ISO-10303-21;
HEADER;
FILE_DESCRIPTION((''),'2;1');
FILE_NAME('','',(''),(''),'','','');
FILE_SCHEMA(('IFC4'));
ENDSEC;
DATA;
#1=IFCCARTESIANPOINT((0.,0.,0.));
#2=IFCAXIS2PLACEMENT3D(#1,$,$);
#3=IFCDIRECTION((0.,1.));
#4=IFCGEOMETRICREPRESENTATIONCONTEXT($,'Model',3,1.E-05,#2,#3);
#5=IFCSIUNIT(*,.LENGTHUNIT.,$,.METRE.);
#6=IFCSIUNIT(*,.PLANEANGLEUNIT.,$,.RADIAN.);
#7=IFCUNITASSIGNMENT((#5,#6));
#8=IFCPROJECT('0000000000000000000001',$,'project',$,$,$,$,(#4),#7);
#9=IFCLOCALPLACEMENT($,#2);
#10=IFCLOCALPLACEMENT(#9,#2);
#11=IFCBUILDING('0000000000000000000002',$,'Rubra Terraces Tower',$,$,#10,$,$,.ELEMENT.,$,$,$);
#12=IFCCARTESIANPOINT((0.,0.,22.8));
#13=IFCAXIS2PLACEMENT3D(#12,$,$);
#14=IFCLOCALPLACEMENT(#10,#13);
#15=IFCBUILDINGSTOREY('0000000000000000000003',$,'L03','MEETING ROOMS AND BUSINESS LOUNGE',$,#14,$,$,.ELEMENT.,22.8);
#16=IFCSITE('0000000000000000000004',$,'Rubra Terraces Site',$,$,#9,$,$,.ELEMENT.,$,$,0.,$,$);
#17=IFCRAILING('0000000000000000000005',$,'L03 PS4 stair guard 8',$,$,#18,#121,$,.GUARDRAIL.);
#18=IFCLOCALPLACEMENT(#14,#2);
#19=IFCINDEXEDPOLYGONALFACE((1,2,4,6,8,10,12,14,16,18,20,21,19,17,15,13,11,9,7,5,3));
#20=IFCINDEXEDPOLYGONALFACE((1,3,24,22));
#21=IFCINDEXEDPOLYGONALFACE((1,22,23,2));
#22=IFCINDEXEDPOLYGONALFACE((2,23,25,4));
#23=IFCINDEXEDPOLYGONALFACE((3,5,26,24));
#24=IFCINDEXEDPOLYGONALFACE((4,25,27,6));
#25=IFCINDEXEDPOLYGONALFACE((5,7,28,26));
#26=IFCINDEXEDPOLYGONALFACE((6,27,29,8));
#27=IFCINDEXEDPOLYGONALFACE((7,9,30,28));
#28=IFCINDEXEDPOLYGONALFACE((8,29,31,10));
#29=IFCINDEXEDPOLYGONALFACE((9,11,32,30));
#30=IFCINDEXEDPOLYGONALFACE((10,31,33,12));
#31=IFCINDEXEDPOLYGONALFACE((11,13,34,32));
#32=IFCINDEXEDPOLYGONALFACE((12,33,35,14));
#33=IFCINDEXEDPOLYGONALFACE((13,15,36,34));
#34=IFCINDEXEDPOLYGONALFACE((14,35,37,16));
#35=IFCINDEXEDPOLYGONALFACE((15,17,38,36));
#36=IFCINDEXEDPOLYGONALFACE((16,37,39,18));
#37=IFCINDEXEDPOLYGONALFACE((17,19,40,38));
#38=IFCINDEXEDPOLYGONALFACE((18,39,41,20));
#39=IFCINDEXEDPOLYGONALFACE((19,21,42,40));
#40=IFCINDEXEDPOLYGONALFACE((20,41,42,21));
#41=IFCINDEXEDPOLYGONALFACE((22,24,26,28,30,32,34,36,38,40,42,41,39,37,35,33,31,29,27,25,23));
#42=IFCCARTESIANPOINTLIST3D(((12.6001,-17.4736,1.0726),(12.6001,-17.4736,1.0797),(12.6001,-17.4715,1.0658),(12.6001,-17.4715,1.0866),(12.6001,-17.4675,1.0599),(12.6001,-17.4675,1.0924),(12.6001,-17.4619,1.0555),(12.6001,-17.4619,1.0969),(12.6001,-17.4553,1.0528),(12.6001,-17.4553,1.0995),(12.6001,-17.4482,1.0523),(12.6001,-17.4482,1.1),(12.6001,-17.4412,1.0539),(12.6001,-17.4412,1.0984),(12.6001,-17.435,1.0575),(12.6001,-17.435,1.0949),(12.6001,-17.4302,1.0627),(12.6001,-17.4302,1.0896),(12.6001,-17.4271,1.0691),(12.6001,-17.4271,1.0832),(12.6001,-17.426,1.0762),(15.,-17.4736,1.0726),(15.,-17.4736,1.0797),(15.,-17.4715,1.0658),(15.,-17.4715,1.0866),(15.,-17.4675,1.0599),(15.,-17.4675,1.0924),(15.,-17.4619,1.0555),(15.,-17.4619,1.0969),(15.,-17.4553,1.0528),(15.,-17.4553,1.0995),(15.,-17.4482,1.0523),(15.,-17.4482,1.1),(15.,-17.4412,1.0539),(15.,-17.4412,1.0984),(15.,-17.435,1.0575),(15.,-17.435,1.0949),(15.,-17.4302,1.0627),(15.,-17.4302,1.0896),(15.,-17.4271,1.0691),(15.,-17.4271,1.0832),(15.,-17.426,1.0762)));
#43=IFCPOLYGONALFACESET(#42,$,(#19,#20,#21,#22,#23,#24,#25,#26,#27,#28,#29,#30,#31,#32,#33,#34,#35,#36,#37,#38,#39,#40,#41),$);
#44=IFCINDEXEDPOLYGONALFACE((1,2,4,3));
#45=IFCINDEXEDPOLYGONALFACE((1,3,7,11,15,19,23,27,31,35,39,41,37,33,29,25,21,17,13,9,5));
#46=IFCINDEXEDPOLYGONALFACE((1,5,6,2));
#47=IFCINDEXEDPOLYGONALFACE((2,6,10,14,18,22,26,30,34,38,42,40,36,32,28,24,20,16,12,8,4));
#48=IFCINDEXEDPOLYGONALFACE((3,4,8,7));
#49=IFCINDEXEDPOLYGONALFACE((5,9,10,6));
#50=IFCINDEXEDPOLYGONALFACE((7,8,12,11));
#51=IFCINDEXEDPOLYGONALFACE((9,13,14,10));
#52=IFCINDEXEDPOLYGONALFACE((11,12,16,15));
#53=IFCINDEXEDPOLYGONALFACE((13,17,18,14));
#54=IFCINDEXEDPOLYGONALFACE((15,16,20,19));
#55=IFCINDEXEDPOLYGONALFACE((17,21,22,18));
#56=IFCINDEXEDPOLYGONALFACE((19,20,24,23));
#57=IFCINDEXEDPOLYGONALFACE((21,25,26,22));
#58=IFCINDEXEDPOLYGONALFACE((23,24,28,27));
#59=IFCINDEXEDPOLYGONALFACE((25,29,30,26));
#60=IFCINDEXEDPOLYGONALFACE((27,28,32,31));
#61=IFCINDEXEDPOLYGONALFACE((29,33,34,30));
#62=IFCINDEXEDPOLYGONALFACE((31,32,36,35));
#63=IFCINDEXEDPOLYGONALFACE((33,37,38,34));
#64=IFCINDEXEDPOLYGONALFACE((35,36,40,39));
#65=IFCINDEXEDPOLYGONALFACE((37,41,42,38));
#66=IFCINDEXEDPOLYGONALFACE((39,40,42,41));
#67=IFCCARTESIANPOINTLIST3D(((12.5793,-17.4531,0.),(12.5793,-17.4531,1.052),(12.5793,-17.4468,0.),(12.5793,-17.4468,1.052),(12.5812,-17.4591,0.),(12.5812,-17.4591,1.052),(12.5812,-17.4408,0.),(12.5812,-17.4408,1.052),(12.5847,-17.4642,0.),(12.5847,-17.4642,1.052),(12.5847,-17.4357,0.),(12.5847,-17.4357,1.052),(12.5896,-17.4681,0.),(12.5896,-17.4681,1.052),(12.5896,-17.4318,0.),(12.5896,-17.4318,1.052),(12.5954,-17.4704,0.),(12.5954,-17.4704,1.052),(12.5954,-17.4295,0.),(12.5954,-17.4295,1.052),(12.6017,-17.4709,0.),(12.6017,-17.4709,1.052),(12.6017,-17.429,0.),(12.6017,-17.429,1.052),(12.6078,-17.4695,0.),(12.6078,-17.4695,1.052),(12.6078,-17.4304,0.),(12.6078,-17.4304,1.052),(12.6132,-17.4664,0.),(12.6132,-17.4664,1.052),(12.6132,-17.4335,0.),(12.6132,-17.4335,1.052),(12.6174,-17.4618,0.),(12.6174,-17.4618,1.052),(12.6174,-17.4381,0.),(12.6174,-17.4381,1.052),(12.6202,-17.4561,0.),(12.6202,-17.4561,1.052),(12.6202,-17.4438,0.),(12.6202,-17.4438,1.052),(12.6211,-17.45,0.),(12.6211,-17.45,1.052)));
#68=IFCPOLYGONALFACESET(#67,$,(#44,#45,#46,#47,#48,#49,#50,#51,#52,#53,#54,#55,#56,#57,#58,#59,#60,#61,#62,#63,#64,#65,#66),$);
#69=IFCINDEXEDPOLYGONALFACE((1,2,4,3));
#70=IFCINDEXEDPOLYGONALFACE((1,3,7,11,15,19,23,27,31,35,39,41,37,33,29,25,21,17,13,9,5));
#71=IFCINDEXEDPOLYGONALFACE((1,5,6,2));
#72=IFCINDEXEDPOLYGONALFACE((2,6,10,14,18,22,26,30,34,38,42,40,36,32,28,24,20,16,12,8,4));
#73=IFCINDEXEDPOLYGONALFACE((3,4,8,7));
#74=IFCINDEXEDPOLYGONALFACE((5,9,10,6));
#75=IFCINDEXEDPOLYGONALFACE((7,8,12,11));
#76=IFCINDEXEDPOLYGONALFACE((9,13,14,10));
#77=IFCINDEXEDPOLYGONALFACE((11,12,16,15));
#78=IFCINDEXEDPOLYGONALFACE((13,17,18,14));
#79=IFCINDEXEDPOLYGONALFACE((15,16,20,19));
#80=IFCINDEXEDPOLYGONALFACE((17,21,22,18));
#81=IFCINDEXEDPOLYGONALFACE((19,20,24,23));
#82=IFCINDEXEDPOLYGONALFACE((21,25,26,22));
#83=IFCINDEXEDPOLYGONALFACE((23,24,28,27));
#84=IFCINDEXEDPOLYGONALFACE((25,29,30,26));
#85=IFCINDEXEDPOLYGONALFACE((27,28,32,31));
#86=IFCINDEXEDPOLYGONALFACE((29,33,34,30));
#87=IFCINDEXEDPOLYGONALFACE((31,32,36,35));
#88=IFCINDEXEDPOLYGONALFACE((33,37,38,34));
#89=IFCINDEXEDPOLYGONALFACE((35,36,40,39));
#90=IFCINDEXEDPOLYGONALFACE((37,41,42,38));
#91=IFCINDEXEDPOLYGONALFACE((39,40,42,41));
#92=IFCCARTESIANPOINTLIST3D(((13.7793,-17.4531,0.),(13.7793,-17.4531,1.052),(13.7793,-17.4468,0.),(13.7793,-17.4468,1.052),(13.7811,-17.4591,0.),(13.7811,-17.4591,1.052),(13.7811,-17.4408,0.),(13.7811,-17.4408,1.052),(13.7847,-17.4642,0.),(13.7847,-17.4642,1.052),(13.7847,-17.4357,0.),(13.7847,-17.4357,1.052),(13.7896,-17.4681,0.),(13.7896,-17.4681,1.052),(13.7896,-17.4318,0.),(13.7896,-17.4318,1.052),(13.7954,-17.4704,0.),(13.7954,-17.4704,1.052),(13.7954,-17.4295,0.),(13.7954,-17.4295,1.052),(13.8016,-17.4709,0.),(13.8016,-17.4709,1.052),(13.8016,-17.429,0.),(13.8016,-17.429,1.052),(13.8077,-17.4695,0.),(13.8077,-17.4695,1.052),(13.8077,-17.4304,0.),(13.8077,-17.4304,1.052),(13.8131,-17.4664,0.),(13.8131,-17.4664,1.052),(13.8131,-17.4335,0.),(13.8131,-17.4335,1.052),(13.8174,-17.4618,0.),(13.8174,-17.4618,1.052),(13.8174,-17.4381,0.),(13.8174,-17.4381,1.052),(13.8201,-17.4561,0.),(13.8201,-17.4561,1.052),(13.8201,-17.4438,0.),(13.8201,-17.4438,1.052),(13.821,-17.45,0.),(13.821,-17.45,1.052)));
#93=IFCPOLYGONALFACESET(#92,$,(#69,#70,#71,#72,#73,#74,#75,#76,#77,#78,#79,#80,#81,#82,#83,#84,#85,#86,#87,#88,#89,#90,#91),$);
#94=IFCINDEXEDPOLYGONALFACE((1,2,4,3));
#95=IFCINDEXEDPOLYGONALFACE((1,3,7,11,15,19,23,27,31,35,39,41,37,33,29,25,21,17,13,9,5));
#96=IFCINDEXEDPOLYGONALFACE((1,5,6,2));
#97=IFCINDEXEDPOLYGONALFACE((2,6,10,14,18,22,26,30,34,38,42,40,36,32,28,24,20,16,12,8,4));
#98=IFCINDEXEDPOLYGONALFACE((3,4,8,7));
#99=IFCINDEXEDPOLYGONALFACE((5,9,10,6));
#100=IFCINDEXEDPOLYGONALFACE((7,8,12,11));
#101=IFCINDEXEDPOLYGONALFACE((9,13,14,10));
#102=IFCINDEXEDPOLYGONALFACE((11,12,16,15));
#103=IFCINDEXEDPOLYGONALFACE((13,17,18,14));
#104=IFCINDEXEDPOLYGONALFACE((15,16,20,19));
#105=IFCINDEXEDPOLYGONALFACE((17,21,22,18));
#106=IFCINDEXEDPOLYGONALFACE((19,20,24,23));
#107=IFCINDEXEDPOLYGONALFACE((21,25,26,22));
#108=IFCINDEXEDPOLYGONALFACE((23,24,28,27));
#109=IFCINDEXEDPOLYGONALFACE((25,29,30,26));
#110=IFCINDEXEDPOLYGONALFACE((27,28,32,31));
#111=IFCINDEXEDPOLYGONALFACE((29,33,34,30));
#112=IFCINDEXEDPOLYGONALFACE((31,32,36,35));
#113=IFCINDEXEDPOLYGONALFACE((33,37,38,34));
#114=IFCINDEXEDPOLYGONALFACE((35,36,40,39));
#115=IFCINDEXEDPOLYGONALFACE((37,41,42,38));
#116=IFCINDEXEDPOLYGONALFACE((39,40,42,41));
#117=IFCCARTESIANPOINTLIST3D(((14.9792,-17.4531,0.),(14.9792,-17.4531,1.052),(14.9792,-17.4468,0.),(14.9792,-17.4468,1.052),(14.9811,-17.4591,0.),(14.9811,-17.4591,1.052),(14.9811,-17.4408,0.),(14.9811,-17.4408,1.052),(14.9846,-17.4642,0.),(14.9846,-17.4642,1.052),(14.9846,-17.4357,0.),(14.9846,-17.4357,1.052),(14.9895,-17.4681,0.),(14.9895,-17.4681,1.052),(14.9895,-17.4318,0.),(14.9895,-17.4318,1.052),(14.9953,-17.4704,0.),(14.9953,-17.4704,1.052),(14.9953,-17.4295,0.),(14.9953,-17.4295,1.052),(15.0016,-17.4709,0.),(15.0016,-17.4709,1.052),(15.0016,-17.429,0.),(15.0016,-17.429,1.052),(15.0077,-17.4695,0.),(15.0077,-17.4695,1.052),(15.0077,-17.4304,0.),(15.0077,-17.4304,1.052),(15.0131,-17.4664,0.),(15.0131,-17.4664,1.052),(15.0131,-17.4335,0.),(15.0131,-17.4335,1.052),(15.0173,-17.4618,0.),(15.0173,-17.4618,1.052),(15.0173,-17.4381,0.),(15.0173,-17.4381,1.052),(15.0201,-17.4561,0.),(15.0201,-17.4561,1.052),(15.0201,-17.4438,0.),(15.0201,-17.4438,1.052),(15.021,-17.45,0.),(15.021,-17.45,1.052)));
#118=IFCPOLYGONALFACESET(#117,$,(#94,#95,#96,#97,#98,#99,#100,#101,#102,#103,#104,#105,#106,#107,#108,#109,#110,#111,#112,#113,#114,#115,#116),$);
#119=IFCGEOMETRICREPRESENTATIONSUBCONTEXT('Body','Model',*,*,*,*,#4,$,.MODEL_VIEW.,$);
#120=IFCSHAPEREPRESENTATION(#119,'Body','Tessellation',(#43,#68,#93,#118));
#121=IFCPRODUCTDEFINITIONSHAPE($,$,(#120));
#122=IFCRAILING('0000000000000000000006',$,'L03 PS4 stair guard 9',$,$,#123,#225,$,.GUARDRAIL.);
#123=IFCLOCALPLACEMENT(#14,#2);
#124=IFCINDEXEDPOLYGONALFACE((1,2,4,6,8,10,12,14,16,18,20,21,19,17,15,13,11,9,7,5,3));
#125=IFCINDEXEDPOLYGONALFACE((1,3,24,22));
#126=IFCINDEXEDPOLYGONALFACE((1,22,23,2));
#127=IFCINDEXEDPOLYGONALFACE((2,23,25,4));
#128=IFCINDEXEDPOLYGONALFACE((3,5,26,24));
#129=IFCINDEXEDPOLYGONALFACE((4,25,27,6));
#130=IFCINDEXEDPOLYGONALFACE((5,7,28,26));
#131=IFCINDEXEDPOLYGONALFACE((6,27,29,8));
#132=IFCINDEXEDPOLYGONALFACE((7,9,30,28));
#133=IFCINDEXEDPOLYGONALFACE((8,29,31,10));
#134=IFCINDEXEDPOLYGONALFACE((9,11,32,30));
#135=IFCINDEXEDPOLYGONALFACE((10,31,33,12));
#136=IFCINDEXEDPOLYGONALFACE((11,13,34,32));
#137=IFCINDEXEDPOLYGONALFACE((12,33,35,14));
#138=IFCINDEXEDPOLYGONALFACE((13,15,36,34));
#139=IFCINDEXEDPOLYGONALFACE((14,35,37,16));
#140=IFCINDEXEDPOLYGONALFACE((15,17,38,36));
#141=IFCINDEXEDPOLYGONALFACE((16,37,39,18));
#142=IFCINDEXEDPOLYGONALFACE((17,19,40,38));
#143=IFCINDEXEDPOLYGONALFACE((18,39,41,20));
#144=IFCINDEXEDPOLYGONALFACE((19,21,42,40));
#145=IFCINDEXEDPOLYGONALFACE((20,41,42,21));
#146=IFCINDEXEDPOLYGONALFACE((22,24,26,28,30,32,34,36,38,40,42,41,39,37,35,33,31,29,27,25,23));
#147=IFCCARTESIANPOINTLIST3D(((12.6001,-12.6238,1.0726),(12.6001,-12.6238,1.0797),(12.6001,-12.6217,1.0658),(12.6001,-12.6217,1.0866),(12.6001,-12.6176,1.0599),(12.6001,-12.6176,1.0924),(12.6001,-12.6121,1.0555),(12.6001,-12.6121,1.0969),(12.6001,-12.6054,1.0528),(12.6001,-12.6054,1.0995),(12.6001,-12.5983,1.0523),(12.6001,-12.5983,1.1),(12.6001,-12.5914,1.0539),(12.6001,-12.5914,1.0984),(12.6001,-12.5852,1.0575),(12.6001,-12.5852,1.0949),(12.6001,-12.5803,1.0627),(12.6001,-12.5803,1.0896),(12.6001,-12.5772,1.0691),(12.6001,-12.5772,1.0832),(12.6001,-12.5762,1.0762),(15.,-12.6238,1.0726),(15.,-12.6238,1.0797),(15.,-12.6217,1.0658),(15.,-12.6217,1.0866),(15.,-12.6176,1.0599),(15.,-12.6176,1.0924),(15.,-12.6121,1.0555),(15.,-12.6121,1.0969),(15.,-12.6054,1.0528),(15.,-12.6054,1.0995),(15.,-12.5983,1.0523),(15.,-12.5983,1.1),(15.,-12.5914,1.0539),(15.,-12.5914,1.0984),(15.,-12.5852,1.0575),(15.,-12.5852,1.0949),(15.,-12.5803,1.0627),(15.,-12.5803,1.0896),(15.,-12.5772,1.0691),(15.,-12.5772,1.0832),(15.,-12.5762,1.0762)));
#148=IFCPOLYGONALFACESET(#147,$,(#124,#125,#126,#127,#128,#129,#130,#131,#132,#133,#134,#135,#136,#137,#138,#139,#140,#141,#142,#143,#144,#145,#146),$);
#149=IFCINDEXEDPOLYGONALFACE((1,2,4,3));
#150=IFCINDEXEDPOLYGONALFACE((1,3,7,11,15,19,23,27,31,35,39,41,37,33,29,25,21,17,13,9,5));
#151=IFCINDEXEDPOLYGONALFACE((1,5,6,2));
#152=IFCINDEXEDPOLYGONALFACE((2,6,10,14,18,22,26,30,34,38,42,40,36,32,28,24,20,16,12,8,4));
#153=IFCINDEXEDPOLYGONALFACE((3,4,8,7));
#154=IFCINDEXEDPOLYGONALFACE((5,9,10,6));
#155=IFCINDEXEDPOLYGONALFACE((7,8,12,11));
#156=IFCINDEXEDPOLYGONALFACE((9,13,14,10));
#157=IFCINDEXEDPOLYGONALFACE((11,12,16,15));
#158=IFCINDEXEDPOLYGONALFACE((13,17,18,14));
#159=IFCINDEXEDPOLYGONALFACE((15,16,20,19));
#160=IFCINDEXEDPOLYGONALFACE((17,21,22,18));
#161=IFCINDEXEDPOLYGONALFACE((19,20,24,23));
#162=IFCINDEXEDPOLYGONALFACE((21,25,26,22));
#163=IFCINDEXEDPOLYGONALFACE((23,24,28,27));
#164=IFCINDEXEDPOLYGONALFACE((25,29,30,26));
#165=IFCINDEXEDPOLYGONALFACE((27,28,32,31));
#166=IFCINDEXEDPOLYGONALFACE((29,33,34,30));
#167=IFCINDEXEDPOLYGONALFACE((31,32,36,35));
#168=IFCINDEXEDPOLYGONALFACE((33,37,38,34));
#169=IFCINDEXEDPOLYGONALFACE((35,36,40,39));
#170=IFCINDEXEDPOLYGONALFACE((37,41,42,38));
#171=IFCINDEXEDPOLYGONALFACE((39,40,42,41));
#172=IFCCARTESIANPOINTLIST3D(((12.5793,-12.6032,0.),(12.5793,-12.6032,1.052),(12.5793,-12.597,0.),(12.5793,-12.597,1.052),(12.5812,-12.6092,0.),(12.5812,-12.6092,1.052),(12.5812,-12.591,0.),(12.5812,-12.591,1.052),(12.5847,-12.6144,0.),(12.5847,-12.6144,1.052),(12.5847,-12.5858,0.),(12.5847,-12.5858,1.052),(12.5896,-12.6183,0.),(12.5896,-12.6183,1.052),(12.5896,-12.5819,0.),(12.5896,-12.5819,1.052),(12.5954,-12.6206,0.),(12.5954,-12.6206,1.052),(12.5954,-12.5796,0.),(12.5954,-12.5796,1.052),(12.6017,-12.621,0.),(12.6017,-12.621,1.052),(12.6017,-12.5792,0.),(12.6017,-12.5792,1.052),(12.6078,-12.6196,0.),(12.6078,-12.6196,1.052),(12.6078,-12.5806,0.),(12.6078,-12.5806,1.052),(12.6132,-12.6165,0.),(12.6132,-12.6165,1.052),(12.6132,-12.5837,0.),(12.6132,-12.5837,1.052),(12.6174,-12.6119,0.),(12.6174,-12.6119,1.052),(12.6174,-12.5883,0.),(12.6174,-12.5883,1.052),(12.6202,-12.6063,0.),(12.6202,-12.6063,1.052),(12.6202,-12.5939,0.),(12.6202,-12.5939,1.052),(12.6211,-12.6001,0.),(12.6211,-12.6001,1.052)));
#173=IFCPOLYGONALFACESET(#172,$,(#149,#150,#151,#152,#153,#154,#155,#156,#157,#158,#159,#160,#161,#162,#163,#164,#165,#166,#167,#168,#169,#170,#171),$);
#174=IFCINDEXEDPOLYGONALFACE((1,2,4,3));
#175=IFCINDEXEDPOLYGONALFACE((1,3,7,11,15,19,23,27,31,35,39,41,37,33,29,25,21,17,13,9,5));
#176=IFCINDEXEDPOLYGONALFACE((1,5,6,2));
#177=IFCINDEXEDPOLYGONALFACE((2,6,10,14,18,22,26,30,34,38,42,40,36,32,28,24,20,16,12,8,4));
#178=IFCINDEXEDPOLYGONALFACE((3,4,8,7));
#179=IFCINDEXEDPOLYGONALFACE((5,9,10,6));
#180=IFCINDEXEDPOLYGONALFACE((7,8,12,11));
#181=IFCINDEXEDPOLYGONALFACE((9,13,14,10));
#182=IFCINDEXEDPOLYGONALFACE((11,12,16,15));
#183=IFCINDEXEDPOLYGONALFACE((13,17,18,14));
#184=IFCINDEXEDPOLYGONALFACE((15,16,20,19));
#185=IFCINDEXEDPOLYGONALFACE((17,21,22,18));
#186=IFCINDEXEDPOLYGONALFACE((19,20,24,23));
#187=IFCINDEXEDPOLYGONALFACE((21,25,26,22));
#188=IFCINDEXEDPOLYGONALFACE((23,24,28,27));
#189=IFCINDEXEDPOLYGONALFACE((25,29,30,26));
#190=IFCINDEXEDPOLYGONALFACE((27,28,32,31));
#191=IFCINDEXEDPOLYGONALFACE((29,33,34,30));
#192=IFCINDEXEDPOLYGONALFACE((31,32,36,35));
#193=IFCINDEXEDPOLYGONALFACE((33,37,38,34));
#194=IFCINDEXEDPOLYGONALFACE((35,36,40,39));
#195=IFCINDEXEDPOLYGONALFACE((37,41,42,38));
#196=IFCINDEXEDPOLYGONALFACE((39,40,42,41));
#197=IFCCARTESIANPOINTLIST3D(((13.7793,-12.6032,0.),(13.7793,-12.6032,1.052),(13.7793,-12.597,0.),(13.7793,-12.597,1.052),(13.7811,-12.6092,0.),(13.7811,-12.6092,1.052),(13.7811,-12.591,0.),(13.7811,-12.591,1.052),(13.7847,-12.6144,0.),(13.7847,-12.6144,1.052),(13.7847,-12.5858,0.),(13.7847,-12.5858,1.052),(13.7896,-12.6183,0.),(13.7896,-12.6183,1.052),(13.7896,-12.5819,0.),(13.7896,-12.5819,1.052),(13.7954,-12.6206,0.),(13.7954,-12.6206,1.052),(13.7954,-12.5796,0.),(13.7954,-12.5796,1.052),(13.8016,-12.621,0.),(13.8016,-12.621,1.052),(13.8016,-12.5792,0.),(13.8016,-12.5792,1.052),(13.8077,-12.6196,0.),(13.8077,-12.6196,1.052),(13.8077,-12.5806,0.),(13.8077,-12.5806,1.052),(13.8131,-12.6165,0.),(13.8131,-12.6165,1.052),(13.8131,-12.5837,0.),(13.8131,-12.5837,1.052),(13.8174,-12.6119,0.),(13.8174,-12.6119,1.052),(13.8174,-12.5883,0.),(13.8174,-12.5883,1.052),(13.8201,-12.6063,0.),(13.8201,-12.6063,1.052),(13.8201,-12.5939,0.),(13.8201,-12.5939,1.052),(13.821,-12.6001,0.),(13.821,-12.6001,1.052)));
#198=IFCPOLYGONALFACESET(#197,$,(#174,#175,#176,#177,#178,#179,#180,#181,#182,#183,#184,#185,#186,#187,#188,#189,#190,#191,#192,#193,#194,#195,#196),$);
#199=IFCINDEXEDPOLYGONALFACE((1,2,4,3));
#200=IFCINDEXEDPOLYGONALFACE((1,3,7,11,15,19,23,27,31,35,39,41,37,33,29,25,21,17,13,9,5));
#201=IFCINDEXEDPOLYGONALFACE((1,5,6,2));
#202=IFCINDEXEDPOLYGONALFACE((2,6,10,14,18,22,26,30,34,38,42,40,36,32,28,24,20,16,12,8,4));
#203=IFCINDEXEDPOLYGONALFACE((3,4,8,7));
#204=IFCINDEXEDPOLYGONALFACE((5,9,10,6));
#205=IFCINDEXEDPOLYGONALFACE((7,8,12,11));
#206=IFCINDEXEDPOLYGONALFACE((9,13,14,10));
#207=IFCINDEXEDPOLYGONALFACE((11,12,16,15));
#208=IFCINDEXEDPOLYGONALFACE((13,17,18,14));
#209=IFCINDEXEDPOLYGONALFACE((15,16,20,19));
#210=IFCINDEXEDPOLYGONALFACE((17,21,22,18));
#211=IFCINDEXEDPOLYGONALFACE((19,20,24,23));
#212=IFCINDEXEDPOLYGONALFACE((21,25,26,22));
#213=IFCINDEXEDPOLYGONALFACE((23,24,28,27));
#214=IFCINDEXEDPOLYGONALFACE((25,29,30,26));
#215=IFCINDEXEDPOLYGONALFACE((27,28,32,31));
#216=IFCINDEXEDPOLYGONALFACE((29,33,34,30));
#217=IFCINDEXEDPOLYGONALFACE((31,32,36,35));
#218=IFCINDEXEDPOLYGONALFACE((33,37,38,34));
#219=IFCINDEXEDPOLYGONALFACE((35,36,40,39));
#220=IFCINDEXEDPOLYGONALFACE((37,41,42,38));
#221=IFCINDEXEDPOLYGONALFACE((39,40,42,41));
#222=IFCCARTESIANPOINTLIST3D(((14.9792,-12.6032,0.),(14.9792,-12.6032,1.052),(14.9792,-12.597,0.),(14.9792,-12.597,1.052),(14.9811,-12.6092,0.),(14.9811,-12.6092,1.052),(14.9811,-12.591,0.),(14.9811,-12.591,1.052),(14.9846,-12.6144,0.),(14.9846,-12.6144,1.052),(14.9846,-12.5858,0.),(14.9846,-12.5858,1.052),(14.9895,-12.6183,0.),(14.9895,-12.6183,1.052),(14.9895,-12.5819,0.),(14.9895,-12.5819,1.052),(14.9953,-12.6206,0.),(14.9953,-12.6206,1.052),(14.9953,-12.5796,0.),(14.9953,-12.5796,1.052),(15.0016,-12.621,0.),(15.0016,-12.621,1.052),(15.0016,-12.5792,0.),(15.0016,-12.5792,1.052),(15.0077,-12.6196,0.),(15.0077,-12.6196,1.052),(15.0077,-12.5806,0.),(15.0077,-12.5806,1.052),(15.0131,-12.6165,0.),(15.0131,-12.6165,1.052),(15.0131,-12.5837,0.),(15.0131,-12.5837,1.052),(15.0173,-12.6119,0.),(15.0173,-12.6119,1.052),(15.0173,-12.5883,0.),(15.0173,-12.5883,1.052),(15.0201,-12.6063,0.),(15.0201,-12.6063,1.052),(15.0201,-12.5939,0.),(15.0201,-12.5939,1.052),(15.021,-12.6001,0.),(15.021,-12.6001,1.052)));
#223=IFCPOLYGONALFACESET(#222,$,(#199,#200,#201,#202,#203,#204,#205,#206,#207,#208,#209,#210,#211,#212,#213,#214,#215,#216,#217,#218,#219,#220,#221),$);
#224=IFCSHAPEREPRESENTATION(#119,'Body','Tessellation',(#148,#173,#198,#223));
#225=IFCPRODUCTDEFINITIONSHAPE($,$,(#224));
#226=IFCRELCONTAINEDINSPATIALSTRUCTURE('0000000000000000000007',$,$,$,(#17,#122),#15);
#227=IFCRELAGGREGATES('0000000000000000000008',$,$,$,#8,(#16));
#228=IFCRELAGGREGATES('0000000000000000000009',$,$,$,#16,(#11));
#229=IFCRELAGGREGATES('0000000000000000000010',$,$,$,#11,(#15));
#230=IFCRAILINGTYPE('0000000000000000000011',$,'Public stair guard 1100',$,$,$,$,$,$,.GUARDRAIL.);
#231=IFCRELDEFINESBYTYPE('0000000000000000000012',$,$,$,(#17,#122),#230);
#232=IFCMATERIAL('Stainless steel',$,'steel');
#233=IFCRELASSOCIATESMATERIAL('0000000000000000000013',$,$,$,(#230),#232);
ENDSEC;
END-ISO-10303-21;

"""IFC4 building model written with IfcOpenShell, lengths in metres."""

from ifc_helpers import new_model, si_unit, direction, frame, origin, origin_2d, place, context, subcontext, project, spatial, circle, extrude, material, type_object, element, save


model = new_model("IFC4")

# Units and contexts
model_context = context("Model", 3, precision=1e-05, world=origin(), true_north=direction((0.0, 1.0)))
body_context = subcontext(model_context, "Body", "Model", "MODEL_VIEW")
ifc_project = project(units=[si_unit("LENGTHUNIT", "METRE"), si_unit("PLANEANGLEUNIT", "RADIAN")], contexts=[model_context])

# Site, building, storey
site_placement = place(None, origin())
site = spatial("IfcSite", under=ifc_project, at=site_placement, Name="Rubra Terraces Site", CompositionType="ELEMENT", RefElevation=0.0)
building_placement = place(site_placement, origin())
building = spatial("IfcBuilding", under=site, at=building_placement, Name="Rubra Terraces Tower", CompositionType="ELEMENT")
storey_placement = place(building_placement, frame((0.0, 0.0, 22.8)))
storey = spatial("IfcBuildingStorey", under=building, at=storey_placement, Name="L03", Description="MEETING ROOMS AND BUSINESS LOUNGE", CompositionType="ELEMENT", Elevation=22.8)

# Railings
ifc_material_1 = material(Name="Stainless steel", Category="steel")
railing_type_1 = type_object("IfcRailingType", Name="Public stair guard 1100", PredefinedType="GUARDRAIL", material=ifc_material_1)
for number, where, name in (
    (1, (12.6001, -17.45, 0.0), "L03 PS4 stair guard 8"),
    (2, (12.6001, -12.6001, 0.0), "L03 PS4 stair guard 9"),
):
    element("IfcRailing", number, at=place(storey_placement, frame(where)), inside=storey, type_object=railing_type_1, Name=name, PredefinedType="GUARDRAIL", context=body_context, shape_type="SweptSolid", body=[
        extrude(circle(Radius=0.0239, at=origin_2d()), frame((0.0, 0.0, 1.0762), z_axis=(1.0, 0.0, 0.0), x_axis=(0.0, 1.0, 0.0)), (0.0, 0.0, 1.0), 2.3999),
        extrude(circle(Radius=0.021, at=origin_2d()), origin(), (0.0, 0.0, 1.0), 1.052),
        extrude(circle(Radius=0.021, at=origin_2d()), frame((1.2, 0.0, 0.0)), (0.0, 0.0, 1.0), 1.052),
        extrude(circle(Radius=0.021, at=origin_2d()), frame((2.3999, 0.0, 0.0)), (0.0, 0.0, 1.0), 1.052),
    ])

save(model, "model.ifc")
